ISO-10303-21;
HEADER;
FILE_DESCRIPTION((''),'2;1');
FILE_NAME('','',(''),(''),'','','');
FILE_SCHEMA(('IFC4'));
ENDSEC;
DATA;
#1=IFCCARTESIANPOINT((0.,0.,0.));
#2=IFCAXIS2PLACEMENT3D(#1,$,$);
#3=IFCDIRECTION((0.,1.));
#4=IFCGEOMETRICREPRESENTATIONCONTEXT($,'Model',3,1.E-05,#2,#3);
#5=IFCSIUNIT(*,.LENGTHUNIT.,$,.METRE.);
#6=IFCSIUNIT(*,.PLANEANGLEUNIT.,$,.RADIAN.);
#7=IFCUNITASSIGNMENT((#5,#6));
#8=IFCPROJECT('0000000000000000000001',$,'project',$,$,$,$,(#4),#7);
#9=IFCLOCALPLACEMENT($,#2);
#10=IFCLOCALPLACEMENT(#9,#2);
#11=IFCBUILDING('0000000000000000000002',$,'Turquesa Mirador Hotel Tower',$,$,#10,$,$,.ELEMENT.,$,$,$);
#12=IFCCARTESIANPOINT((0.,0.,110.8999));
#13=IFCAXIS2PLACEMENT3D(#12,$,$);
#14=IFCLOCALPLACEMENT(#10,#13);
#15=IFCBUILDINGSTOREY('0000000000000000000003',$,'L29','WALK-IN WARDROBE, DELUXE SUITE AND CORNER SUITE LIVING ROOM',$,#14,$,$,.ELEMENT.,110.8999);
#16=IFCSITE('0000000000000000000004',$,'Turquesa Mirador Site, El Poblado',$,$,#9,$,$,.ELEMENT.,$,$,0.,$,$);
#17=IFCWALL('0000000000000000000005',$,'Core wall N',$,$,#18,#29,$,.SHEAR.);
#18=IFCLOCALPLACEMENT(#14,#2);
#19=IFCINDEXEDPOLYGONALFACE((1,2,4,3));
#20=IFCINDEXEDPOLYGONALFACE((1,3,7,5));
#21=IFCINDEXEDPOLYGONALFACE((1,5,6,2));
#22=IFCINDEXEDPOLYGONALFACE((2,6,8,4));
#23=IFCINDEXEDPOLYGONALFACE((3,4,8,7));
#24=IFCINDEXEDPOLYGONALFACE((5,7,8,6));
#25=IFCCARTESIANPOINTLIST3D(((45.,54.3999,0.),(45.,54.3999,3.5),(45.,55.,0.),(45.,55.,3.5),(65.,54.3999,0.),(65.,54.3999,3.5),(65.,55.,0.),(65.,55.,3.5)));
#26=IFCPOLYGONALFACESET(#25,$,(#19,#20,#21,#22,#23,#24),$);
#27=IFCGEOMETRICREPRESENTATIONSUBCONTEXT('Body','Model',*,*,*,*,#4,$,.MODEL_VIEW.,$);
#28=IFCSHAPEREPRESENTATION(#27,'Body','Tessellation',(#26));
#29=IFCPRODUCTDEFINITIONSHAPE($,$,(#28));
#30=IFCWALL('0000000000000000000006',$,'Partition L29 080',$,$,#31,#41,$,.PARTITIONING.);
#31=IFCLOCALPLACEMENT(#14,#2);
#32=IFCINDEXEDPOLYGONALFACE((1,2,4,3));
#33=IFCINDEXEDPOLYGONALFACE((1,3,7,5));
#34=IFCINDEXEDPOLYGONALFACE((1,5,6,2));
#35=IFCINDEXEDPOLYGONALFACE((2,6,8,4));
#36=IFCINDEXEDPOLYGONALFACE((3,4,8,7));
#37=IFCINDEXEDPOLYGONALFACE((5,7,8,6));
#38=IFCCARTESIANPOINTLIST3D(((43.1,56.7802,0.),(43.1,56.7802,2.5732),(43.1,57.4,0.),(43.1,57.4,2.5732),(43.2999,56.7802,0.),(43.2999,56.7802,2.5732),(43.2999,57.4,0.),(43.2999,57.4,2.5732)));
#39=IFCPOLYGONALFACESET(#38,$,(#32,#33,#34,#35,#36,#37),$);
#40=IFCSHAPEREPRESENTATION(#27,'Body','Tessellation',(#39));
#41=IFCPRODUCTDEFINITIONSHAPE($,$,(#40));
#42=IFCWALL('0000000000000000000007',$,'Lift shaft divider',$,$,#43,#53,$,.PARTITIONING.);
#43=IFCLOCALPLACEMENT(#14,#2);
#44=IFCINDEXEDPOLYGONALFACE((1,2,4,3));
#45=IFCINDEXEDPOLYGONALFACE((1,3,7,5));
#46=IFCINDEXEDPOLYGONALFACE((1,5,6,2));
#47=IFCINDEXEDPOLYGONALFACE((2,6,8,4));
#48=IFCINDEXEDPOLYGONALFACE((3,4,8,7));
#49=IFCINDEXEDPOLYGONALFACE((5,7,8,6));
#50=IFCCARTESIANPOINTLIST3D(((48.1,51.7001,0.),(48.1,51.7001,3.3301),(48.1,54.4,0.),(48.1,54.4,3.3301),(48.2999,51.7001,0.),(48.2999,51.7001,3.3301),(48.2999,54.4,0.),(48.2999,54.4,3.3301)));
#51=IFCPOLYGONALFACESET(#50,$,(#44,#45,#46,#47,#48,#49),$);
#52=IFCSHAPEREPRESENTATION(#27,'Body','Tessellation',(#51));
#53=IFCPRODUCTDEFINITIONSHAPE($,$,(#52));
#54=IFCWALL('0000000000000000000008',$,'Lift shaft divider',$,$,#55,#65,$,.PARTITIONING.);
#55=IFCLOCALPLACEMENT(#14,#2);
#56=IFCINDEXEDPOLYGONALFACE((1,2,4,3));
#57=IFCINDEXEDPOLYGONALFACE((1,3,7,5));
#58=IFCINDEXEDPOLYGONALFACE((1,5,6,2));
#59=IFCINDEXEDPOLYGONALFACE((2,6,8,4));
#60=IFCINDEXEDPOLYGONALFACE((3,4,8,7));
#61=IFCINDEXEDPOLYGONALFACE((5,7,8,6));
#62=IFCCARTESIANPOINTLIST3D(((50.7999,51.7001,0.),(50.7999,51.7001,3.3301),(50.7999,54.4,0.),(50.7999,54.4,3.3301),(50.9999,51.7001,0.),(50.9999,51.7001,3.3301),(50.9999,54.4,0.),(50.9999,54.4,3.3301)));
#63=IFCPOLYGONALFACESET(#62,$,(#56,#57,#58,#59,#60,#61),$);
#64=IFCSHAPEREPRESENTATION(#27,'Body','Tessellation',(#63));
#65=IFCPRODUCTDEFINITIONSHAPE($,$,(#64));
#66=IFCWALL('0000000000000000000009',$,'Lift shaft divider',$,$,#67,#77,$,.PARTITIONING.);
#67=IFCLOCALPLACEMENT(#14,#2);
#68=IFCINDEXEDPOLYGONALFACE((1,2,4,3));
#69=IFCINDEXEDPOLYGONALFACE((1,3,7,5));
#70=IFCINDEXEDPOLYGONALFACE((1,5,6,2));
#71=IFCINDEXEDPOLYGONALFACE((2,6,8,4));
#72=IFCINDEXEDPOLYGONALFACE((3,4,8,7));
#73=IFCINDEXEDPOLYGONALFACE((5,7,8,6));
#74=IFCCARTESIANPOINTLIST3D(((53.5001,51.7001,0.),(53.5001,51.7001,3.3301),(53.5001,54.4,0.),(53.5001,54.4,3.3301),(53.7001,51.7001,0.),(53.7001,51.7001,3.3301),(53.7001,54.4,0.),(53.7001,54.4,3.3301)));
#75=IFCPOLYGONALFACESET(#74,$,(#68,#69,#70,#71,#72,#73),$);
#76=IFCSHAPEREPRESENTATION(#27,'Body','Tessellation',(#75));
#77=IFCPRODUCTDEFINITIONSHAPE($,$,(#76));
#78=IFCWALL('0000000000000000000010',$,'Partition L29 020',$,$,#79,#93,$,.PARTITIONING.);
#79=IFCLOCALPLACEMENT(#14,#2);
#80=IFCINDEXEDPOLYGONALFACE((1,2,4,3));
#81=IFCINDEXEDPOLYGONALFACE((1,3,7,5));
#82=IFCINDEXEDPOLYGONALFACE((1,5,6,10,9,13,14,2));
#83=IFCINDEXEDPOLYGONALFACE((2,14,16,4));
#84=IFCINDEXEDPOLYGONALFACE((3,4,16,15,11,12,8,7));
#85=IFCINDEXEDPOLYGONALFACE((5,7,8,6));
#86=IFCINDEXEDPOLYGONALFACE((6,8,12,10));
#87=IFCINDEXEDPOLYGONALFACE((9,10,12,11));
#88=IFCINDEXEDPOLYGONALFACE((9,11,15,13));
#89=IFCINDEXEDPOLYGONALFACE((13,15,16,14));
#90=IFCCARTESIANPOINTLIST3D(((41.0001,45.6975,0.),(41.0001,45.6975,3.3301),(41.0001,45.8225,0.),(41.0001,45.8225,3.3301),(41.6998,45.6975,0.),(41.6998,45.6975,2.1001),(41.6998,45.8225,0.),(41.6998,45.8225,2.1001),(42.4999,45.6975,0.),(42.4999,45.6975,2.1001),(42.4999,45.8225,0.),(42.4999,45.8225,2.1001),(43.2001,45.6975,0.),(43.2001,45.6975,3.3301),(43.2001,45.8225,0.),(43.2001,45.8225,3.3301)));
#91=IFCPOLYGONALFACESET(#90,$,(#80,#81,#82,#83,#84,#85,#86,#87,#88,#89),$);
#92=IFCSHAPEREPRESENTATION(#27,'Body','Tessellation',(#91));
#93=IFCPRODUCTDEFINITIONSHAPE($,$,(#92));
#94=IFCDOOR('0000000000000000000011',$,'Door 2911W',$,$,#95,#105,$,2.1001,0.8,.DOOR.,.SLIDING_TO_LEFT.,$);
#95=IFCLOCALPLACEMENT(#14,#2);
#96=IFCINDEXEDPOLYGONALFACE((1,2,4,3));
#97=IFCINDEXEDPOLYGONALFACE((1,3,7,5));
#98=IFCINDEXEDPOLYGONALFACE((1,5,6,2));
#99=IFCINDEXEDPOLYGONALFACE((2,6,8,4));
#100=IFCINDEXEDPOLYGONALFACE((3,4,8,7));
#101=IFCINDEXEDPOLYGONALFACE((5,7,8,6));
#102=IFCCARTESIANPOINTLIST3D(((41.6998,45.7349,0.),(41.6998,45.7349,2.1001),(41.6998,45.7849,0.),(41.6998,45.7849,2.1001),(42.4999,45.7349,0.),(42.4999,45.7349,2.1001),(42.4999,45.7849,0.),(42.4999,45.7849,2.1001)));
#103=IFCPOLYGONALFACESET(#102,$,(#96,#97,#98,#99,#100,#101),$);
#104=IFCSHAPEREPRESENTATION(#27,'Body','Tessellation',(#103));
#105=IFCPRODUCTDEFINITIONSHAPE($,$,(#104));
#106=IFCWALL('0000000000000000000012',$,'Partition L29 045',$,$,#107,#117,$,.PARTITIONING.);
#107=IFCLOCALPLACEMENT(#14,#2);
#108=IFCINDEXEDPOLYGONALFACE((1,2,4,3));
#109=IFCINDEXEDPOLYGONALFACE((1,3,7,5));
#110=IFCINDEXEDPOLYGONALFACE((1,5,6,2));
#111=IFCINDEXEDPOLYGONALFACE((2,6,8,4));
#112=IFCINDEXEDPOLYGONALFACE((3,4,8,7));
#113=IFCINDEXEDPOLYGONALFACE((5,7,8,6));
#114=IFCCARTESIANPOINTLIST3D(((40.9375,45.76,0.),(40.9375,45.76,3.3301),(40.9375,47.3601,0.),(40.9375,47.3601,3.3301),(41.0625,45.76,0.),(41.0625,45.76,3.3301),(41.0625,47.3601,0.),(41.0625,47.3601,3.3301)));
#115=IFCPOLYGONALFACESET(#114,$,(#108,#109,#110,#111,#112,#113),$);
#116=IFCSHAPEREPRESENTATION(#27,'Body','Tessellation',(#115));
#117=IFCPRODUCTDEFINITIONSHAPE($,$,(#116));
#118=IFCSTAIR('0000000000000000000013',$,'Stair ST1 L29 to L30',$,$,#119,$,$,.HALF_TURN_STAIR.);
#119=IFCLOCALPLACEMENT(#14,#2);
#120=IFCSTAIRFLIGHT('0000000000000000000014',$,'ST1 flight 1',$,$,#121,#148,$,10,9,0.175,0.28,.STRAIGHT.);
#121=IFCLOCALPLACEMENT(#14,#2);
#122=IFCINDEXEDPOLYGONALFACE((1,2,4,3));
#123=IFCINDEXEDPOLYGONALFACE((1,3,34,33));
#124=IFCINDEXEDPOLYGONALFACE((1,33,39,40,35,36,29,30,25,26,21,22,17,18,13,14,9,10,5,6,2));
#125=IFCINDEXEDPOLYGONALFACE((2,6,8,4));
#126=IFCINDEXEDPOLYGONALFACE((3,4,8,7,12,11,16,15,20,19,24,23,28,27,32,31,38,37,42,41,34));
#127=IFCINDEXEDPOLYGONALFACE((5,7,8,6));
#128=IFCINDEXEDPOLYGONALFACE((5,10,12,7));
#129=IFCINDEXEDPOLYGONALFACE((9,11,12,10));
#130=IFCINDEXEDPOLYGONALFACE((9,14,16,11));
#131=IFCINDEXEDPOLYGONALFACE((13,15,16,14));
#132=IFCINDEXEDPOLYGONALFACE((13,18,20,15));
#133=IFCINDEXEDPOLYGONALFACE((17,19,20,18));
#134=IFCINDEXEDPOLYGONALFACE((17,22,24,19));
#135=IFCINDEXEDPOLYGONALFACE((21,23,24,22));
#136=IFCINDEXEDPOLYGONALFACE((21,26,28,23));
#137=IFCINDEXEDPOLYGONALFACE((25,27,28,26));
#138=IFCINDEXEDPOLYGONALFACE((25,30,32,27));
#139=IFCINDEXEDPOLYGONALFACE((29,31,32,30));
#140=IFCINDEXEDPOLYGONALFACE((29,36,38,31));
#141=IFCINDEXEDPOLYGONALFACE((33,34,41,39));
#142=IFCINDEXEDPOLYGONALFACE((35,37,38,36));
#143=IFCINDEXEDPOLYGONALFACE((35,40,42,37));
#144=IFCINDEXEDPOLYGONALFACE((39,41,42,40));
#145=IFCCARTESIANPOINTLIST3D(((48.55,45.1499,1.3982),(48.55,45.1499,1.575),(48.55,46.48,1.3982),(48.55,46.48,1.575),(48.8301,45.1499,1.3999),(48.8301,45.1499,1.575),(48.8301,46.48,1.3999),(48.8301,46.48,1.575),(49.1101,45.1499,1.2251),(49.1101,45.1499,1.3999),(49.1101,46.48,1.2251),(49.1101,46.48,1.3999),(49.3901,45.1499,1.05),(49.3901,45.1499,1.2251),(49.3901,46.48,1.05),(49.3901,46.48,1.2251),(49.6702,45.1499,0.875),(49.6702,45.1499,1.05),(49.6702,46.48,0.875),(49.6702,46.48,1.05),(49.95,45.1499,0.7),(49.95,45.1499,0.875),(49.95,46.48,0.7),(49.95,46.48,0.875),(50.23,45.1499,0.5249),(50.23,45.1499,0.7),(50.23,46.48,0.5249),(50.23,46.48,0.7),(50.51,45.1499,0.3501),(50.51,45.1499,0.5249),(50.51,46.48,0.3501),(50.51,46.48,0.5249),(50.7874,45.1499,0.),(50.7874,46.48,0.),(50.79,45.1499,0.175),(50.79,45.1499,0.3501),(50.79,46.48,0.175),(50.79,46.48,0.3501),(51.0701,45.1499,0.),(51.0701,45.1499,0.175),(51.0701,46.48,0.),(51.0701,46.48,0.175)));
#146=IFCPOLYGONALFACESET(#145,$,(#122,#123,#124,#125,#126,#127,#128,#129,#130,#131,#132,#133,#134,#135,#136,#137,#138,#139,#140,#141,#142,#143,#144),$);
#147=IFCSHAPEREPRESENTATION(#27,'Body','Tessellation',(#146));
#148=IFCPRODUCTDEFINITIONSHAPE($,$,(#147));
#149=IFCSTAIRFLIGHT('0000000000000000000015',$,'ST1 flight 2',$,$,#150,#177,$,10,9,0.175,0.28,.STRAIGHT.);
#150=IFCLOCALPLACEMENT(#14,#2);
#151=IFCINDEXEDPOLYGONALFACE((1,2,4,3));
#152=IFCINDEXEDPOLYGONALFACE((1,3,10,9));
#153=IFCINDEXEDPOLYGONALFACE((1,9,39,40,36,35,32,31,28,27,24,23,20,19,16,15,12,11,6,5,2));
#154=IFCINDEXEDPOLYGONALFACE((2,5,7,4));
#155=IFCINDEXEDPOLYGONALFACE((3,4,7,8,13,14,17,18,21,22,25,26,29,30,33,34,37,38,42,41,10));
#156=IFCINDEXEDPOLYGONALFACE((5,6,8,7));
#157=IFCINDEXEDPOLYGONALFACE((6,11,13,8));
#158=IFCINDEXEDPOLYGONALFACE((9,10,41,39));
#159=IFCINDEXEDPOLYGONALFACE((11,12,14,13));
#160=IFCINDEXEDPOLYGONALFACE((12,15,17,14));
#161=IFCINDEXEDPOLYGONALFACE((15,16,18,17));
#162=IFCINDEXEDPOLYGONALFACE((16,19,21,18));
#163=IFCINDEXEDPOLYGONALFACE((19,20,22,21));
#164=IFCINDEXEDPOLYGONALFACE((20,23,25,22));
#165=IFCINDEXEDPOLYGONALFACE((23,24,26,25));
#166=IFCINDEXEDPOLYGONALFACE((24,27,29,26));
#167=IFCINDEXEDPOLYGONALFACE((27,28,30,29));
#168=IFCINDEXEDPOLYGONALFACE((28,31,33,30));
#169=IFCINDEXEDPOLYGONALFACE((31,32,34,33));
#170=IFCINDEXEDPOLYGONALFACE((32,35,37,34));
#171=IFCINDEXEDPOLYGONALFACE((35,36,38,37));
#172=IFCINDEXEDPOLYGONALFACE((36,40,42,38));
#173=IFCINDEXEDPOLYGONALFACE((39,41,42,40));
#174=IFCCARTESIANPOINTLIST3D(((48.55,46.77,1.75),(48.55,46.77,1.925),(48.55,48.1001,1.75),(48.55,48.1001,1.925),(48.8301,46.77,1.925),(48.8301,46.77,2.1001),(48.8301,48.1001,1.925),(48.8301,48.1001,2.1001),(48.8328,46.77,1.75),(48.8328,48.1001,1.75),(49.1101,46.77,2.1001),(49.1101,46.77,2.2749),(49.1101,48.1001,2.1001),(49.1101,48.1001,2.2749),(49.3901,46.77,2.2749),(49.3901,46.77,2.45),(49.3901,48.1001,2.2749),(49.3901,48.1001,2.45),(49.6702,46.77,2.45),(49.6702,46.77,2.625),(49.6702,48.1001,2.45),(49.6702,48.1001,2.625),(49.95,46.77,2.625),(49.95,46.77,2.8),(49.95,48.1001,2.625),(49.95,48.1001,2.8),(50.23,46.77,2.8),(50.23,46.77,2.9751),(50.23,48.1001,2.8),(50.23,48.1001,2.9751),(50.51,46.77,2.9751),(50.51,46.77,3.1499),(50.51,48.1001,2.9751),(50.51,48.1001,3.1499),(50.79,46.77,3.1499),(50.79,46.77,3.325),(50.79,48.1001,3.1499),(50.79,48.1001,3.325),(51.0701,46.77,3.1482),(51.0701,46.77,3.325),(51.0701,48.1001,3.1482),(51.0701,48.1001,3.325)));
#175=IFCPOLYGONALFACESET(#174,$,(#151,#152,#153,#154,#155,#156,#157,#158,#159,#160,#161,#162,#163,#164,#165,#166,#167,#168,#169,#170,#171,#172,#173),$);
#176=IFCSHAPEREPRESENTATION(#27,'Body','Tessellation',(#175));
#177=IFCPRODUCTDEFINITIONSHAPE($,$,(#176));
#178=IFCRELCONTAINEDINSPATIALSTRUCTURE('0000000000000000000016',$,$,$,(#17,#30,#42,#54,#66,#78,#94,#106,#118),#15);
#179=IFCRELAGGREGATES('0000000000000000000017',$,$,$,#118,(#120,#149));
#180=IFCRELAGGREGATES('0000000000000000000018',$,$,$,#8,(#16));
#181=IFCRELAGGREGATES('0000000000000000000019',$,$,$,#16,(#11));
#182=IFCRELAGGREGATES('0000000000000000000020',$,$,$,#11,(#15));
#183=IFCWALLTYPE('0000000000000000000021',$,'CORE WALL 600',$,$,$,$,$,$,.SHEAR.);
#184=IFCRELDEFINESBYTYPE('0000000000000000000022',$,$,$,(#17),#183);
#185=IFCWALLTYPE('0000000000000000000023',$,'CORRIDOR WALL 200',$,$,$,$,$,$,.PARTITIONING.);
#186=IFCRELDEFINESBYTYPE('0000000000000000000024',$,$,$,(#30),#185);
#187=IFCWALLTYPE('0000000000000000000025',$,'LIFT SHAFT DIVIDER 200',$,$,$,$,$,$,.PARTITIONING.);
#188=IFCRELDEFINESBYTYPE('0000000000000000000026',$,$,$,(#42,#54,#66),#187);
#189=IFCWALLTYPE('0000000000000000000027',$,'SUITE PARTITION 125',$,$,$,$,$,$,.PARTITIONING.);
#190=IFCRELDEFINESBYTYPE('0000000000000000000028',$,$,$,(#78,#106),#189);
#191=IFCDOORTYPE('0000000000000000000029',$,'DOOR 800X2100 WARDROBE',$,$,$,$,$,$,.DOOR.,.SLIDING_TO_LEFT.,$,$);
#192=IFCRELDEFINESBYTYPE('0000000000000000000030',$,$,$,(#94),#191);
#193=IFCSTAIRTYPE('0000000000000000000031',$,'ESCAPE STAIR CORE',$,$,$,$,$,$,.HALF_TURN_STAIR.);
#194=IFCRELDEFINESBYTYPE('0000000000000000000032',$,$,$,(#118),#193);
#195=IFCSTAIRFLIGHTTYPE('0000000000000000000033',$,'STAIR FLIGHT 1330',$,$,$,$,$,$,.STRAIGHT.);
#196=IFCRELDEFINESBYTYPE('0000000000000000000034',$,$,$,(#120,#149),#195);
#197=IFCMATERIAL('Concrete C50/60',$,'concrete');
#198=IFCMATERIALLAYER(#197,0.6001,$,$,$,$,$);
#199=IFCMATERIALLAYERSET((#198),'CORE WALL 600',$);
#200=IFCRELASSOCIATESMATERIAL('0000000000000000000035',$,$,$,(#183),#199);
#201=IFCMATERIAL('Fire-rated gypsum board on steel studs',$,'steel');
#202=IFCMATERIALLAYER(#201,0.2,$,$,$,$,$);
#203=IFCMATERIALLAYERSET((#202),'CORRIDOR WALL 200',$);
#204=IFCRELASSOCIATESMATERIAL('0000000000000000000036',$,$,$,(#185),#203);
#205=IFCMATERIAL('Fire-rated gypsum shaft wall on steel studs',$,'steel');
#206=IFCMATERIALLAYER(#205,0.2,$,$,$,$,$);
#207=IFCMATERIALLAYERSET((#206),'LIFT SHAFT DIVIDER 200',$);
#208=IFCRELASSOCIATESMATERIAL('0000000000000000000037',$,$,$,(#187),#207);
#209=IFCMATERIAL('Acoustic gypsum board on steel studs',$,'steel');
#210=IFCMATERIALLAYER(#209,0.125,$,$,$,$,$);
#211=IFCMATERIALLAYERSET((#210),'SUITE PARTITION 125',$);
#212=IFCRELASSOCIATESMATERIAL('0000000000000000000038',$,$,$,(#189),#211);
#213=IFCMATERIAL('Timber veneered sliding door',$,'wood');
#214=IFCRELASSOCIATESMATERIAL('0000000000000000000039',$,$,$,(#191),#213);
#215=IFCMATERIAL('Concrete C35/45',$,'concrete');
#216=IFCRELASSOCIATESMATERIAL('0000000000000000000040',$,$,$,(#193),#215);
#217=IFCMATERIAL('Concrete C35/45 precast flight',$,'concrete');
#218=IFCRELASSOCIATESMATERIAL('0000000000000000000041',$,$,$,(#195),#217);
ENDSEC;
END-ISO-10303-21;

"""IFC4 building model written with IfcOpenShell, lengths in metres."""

from ifc_helpers import new_model, si_unit, direction, frame, frame_2d, origin, place, context, subcontext, project, spatial, polyline, rectangle, outline, extrude, material, layer, layer_set, type_object, element, fill, aggregate, save


model = new_model("IFC4")

# Units and contexts
model_context = context("Model", 3, precision=1e-05, world=origin(), true_north=direction((0.0, 1.0)))
body_context = subcontext(model_context, "Body", "Model", "MODEL_VIEW")
ifc_project = project(units=[si_unit("LENGTHUNIT", "METRE"), si_unit("PLANEANGLEUNIT", "RADIAN")], contexts=[model_context])

# Site, building, storey
site_placement = place(None, origin())
site = spatial("IfcSite", under=ifc_project, at=site_placement, Name="Turquesa Mirador Site, El Poblado", CompositionType="ELEMENT", RefElevation=0.0)
building_placement = place(site_placement, origin())
building = spatial("IfcBuilding", under=site, at=building_placement, Name="Turquesa Mirador Hotel Tower", CompositionType="ELEMENT")
storey_placement = place(building_placement, frame((0.0, 0.0, 110.8999)))
storey = spatial("IfcBuildingStorey", under=building, at=storey_placement, Name="L29", Description="WALK-IN WARDROBE, DELUXE SUITE AND CORNER SUITE LIVING ROOM", CompositionType="ELEMENT", Elevation=110.8999)

# Walls
ifc_material_1 = material(Name="Concrete C50/60", Category="concrete")
ifc_layer_1 = layer(ifc_material_1, 0.6001)
ifc_layer_set_1 = layer_set([ifc_layer_1], Name="CORE WALL 600")
wall_type_1 = type_object("IfcWallType", Name="CORE WALL 600", PredefinedType="SHEAR", material=ifc_layer_set_1)
wall_1_placement = place(storey_placement, frame((45.0, 54.7, 0.0), z_axis=(0.0, 0.0, 1.0), x_axis=(1.0, 0.0, 0.0)))
element("IfcWall", 1, at=wall_1_placement, inside=storey, type_object=wall_type_1, Name="Core wall N", PredefinedType="SHEAR", context=body_context, shape_type="SweptSolid", body=[
    extrude(rectangle(XDim=20.0, YDim=0.6001, at=frame_2d((10.0, 0.0))), origin(), (0.0, 0.0, 1.0), 3.5),
])
ifc_material_2 = material(Name="Fire-rated gypsum board on steel studs", Category="steel")
ifc_layer_2 = layer(ifc_material_2, 0.2)
ifc_layer_set_2 = layer_set([ifc_layer_2], Name="CORRIDOR WALL 200")
wall_type_2 = type_object("IfcWallType", Name="CORRIDOR WALL 200", PredefinedType="PARTITIONING", material=ifc_layer_set_2)
wall_2_placement = place(storey_placement, frame((43.2, 56.78, 0.0), z_axis=(0.0, 0.0, 1.0), x_axis=(0.0, 1.0, 0.0)))
element("IfcWall", 2, at=wall_2_placement, inside=storey, type_object=wall_type_2, Name="Partition L29 080", PredefinedType="PARTITIONING", context=body_context, shape_type="SweptSolid", body=[
    extrude(rectangle(XDim=0.6199, YDim=0.2, at=frame_2d((0.3101, 0.0))), origin(), (0.0, 0.0, 1.0), 2.5732),
])
ifc_material_3 = material(Name="Fire-rated gypsum shaft wall on steel studs", Category="steel")
ifc_layer_3 = layer(ifc_material_3, 0.2)
ifc_layer_set_3 = layer_set([ifc_layer_3], Name="LIFT SHAFT DIVIDER 200")
wall_type_3 = type_object("IfcWallType", Name="LIFT SHAFT DIVIDER 200", PredefinedType="PARTITIONING", material=ifc_layer_set_3)
for number, where, z_axis, x_axis, name in (
    (3, (48.2, 51.7, 0.0), (0.0, 0.0, 1.0), (0.0, 1.0, 0.0), "Lift shaft divider"),
    (4, (50.8999, 51.7, 0.0), (0.0, 0.0, 1.0), (0.0, 1.0, 0.0), "Lift shaft divider"),
    (5, (53.6001, 51.7, 0.0), (0.0, 0.0, 1.0), (0.0, 1.0, 0.0), "Lift shaft divider"),
):
    element("IfcWall", number, at=place(storey_placement, frame(where, z_axis=z_axis, x_axis=x_axis)), inside=storey, type_object=wall_type_3, Name=name, PredefinedType="PARTITIONING", context=body_context, shape_type="SweptSolid", body=[
        extrude(rectangle(XDim=2.7, YDim=0.2, at=frame_2d((1.3501, 0.0))), origin(), (0.0, 0.0, 1.0), 3.3301),
    ])

# Wall, opening, door
ifc_material_4 = material(Name="Acoustic gypsum board on steel studs", Category="steel")
ifc_layer_4 = layer(ifc_material_4, 0.125)
ifc_layer_set_4 = layer_set([ifc_layer_4], Name="SUITE PARTITION 125")
wall_type_4 = type_object("IfcWallType", Name="SUITE PARTITION 125", PredefinedType="PARTITIONING", material=ifc_layer_set_4)
wall_3_placement = place(storey_placement, frame((41.0, 45.76, 0.0), z_axis=(0.0, 0.0, 1.0), x_axis=(1.0, 0.0, 0.0)))
wall_3 = element("IfcWall", 6, at=wall_3_placement, inside=storey, type_object=wall_type_4, Name="Partition L29 020", PredefinedType="PARTITIONING", context=body_context, shape_type="SweptSolid", body=[
    extrude(rectangle(XDim=2.2, YDim=0.125, at=frame_2d((1.1001, 0.0))), origin(), (0.0, 0.0, 1.0), 3.3301),
])
opening_1_placement = place(wall_3_placement, frame((0.7, 0.0, 0.0)))
opening_1 = element("IfcOpeningElement", 7, at=opening_1_placement, cuts=wall_3, PredefinedType="OPENING", context=body_context, shape_type="SweptSolid", body=[
    extrude(rectangle(XDim=0.8, YDim=2.1001, at=frame_2d((0.3999, 1.05))), frame((0.0, 0.0725, 0.0), z_axis=(0.0, -1.0, 0.0), x_axis=(1.0, 0.0, 0.0)), (0.0, 0.0, 1.0), 0.145),
])
ifc_material_5 = material(Name="Timber veneered sliding door", Category="wood")
door_type_1 = type_object("IfcDoorType", Name="DOOR 800X2100 WARDROBE", OperationType="SLIDING_TO_LEFT", PredefinedType="DOOR", material=ifc_material_5)
door_1_placement = place(opening_1_placement, origin())
door_1 = element("IfcDoor", 8, at=door_1_placement, inside=storey, type_object=door_type_1, Name="Door 2911W", OperationType="SLIDING_TO_LEFT", OverallHeight=2.1001, OverallWidth=0.8, PredefinedType="DOOR", context=body_context, shape_type="SweptSolid", body=[
    extrude(rectangle(XDim=0.8, YDim=2.1001, at=frame_2d((0.3999, 1.05))), frame((0.0, 0.0249, 0.0), z_axis=(0.0, -1.0, 0.0), x_axis=(1.0, 0.0, 0.0)), (0.0, 0.0, 1.0), 0.05),
])
fill(opening_1, door_1)

# Wall
wall_4_placement = place(storey_placement, frame((41.0, 45.76, 0.0), z_axis=(0.0, 0.0, 1.0), x_axis=(0.0, 1.0, 0.0)))
element("IfcWall", 9, at=wall_4_placement, inside=storey, type_object=wall_type_4, Name="Partition L29 045", PredefinedType="PARTITIONING", context=body_context, shape_type="SweptSolid", body=[
    extrude(rectangle(XDim=1.6001, YDim=0.125, at=frame_2d((0.8, 0.0))), origin(), (0.0, 0.0, 1.0), 3.3301),
])

# Stair, stair flights
ifc_material_6 = material(Name="Concrete C35/45", Category="concrete")
stair_type = type_object("IfcStairType", Name="ESCAPE STAIR CORE", PredefinedType="HALF_TURN_STAIR", material=ifc_material_6)
stair_1_placement = place(storey_placement, origin())
stair_1 = element("IfcStair", 10, at=stair_1_placement, inside=storey, type_object=stair_type, Name="Stair ST1 L29 to L30", PredefinedType="HALF_TURN_STAIR")
ifc_material_7 = material(Name="Concrete C35/45 precast flight", Category="concrete")
stair_flight_type = type_object("IfcStairFlightType", Name="STAIR FLIGHT 1330", PredefinedType="STRAIGHT", material=ifc_material_7)
stair_flight_1_placement = place(storey_placement, frame((51.0701, 45.8149, 0.0), z_axis=(0.0, 0.0, 1.0), x_axis=(-1.0, 0.0, 0.0)))
stair_flight_1 = element("IfcStairFlight", 11, at=stair_flight_1_placement, type_object=stair_flight_type, Name="ST1 flight 1", NumberOfRisers=10, NumberOfTreads=9, PredefinedType="STRAIGHT", RiserHeight=0.175, TreadLength=0.28, context=body_context, shape_type="SweptSolid", body=[
    extrude(outline(polyline([(0.0, 0.0), (0.0, 0.175), (0.28, 0.175), (0.28, 0.3501), (0.5601, 0.3501), (0.5601, 0.5249), (0.8401, 0.5249), (0.8401, 0.7), (1.1201, 0.7), (1.1201, 0.875), (1.3999, 0.875), (1.3999, 1.05), (1.6799, 1.05), (1.6799, 1.2251), (1.96, 1.2251), (1.96, 1.3999), (2.24, 1.3999), (2.24, 1.575), (2.52, 1.575), (2.52, 1.75), (2.52, 1.3982), (0.2827, 0.0), (0.0, 0.0)])), frame((0.0, 0.665, 0.0), z_axis=(0.0, -1.0, 0.0), x_axis=(1.0, 0.0, 0.0)), (0.0, 0.0, 1.0), 1.3301),
])
stair_flight_2_placement = place(storey_placement, frame((48.55, 47.4351, 1.75), z_axis=(0.0, 0.0, 1.0), x_axis=(1.0, 0.0, 0.0)))
stair_flight_2 = element("IfcStairFlight", 12, at=stair_flight_2_placement, type_object=stair_flight_type, Name="ST1 flight 2", NumberOfRisers=10, NumberOfTreads=9, PredefinedType="STRAIGHT", RiserHeight=0.175, TreadLength=0.28, context=body_context, shape_type="SweptSolid", body=[
    extrude(outline(polyline([(0.0, 0.0), (0.0, 0.175), (0.28, 0.175), (0.28, 0.3501), (0.5601, 0.3501), (0.5601, 0.5249), (0.8401, 0.5249), (0.8401, 0.7), (1.1201, 0.7), (1.1201, 0.875), (1.3999, 0.875), (1.3999, 1.05), (1.6799, 1.05), (1.6799, 1.2251), (1.96, 1.2251), (1.96, 1.3999), (2.24, 1.3999), (2.24, 1.575), (2.52, 1.575), (2.52, 1.75), (2.52, 1.3982), (0.2827, 0.0), (0.0, 0.0)])), frame((0.0, 0.665, 0.0), z_axis=(0.0, -1.0, 0.0), x_axis=(1.0, 0.0, 0.0)), (0.0, 0.0, 1.0), 1.3301),
])
aggregate(stair_1, [stair_flight_1, stair_flight_2])

save(model, "model.ifc")
